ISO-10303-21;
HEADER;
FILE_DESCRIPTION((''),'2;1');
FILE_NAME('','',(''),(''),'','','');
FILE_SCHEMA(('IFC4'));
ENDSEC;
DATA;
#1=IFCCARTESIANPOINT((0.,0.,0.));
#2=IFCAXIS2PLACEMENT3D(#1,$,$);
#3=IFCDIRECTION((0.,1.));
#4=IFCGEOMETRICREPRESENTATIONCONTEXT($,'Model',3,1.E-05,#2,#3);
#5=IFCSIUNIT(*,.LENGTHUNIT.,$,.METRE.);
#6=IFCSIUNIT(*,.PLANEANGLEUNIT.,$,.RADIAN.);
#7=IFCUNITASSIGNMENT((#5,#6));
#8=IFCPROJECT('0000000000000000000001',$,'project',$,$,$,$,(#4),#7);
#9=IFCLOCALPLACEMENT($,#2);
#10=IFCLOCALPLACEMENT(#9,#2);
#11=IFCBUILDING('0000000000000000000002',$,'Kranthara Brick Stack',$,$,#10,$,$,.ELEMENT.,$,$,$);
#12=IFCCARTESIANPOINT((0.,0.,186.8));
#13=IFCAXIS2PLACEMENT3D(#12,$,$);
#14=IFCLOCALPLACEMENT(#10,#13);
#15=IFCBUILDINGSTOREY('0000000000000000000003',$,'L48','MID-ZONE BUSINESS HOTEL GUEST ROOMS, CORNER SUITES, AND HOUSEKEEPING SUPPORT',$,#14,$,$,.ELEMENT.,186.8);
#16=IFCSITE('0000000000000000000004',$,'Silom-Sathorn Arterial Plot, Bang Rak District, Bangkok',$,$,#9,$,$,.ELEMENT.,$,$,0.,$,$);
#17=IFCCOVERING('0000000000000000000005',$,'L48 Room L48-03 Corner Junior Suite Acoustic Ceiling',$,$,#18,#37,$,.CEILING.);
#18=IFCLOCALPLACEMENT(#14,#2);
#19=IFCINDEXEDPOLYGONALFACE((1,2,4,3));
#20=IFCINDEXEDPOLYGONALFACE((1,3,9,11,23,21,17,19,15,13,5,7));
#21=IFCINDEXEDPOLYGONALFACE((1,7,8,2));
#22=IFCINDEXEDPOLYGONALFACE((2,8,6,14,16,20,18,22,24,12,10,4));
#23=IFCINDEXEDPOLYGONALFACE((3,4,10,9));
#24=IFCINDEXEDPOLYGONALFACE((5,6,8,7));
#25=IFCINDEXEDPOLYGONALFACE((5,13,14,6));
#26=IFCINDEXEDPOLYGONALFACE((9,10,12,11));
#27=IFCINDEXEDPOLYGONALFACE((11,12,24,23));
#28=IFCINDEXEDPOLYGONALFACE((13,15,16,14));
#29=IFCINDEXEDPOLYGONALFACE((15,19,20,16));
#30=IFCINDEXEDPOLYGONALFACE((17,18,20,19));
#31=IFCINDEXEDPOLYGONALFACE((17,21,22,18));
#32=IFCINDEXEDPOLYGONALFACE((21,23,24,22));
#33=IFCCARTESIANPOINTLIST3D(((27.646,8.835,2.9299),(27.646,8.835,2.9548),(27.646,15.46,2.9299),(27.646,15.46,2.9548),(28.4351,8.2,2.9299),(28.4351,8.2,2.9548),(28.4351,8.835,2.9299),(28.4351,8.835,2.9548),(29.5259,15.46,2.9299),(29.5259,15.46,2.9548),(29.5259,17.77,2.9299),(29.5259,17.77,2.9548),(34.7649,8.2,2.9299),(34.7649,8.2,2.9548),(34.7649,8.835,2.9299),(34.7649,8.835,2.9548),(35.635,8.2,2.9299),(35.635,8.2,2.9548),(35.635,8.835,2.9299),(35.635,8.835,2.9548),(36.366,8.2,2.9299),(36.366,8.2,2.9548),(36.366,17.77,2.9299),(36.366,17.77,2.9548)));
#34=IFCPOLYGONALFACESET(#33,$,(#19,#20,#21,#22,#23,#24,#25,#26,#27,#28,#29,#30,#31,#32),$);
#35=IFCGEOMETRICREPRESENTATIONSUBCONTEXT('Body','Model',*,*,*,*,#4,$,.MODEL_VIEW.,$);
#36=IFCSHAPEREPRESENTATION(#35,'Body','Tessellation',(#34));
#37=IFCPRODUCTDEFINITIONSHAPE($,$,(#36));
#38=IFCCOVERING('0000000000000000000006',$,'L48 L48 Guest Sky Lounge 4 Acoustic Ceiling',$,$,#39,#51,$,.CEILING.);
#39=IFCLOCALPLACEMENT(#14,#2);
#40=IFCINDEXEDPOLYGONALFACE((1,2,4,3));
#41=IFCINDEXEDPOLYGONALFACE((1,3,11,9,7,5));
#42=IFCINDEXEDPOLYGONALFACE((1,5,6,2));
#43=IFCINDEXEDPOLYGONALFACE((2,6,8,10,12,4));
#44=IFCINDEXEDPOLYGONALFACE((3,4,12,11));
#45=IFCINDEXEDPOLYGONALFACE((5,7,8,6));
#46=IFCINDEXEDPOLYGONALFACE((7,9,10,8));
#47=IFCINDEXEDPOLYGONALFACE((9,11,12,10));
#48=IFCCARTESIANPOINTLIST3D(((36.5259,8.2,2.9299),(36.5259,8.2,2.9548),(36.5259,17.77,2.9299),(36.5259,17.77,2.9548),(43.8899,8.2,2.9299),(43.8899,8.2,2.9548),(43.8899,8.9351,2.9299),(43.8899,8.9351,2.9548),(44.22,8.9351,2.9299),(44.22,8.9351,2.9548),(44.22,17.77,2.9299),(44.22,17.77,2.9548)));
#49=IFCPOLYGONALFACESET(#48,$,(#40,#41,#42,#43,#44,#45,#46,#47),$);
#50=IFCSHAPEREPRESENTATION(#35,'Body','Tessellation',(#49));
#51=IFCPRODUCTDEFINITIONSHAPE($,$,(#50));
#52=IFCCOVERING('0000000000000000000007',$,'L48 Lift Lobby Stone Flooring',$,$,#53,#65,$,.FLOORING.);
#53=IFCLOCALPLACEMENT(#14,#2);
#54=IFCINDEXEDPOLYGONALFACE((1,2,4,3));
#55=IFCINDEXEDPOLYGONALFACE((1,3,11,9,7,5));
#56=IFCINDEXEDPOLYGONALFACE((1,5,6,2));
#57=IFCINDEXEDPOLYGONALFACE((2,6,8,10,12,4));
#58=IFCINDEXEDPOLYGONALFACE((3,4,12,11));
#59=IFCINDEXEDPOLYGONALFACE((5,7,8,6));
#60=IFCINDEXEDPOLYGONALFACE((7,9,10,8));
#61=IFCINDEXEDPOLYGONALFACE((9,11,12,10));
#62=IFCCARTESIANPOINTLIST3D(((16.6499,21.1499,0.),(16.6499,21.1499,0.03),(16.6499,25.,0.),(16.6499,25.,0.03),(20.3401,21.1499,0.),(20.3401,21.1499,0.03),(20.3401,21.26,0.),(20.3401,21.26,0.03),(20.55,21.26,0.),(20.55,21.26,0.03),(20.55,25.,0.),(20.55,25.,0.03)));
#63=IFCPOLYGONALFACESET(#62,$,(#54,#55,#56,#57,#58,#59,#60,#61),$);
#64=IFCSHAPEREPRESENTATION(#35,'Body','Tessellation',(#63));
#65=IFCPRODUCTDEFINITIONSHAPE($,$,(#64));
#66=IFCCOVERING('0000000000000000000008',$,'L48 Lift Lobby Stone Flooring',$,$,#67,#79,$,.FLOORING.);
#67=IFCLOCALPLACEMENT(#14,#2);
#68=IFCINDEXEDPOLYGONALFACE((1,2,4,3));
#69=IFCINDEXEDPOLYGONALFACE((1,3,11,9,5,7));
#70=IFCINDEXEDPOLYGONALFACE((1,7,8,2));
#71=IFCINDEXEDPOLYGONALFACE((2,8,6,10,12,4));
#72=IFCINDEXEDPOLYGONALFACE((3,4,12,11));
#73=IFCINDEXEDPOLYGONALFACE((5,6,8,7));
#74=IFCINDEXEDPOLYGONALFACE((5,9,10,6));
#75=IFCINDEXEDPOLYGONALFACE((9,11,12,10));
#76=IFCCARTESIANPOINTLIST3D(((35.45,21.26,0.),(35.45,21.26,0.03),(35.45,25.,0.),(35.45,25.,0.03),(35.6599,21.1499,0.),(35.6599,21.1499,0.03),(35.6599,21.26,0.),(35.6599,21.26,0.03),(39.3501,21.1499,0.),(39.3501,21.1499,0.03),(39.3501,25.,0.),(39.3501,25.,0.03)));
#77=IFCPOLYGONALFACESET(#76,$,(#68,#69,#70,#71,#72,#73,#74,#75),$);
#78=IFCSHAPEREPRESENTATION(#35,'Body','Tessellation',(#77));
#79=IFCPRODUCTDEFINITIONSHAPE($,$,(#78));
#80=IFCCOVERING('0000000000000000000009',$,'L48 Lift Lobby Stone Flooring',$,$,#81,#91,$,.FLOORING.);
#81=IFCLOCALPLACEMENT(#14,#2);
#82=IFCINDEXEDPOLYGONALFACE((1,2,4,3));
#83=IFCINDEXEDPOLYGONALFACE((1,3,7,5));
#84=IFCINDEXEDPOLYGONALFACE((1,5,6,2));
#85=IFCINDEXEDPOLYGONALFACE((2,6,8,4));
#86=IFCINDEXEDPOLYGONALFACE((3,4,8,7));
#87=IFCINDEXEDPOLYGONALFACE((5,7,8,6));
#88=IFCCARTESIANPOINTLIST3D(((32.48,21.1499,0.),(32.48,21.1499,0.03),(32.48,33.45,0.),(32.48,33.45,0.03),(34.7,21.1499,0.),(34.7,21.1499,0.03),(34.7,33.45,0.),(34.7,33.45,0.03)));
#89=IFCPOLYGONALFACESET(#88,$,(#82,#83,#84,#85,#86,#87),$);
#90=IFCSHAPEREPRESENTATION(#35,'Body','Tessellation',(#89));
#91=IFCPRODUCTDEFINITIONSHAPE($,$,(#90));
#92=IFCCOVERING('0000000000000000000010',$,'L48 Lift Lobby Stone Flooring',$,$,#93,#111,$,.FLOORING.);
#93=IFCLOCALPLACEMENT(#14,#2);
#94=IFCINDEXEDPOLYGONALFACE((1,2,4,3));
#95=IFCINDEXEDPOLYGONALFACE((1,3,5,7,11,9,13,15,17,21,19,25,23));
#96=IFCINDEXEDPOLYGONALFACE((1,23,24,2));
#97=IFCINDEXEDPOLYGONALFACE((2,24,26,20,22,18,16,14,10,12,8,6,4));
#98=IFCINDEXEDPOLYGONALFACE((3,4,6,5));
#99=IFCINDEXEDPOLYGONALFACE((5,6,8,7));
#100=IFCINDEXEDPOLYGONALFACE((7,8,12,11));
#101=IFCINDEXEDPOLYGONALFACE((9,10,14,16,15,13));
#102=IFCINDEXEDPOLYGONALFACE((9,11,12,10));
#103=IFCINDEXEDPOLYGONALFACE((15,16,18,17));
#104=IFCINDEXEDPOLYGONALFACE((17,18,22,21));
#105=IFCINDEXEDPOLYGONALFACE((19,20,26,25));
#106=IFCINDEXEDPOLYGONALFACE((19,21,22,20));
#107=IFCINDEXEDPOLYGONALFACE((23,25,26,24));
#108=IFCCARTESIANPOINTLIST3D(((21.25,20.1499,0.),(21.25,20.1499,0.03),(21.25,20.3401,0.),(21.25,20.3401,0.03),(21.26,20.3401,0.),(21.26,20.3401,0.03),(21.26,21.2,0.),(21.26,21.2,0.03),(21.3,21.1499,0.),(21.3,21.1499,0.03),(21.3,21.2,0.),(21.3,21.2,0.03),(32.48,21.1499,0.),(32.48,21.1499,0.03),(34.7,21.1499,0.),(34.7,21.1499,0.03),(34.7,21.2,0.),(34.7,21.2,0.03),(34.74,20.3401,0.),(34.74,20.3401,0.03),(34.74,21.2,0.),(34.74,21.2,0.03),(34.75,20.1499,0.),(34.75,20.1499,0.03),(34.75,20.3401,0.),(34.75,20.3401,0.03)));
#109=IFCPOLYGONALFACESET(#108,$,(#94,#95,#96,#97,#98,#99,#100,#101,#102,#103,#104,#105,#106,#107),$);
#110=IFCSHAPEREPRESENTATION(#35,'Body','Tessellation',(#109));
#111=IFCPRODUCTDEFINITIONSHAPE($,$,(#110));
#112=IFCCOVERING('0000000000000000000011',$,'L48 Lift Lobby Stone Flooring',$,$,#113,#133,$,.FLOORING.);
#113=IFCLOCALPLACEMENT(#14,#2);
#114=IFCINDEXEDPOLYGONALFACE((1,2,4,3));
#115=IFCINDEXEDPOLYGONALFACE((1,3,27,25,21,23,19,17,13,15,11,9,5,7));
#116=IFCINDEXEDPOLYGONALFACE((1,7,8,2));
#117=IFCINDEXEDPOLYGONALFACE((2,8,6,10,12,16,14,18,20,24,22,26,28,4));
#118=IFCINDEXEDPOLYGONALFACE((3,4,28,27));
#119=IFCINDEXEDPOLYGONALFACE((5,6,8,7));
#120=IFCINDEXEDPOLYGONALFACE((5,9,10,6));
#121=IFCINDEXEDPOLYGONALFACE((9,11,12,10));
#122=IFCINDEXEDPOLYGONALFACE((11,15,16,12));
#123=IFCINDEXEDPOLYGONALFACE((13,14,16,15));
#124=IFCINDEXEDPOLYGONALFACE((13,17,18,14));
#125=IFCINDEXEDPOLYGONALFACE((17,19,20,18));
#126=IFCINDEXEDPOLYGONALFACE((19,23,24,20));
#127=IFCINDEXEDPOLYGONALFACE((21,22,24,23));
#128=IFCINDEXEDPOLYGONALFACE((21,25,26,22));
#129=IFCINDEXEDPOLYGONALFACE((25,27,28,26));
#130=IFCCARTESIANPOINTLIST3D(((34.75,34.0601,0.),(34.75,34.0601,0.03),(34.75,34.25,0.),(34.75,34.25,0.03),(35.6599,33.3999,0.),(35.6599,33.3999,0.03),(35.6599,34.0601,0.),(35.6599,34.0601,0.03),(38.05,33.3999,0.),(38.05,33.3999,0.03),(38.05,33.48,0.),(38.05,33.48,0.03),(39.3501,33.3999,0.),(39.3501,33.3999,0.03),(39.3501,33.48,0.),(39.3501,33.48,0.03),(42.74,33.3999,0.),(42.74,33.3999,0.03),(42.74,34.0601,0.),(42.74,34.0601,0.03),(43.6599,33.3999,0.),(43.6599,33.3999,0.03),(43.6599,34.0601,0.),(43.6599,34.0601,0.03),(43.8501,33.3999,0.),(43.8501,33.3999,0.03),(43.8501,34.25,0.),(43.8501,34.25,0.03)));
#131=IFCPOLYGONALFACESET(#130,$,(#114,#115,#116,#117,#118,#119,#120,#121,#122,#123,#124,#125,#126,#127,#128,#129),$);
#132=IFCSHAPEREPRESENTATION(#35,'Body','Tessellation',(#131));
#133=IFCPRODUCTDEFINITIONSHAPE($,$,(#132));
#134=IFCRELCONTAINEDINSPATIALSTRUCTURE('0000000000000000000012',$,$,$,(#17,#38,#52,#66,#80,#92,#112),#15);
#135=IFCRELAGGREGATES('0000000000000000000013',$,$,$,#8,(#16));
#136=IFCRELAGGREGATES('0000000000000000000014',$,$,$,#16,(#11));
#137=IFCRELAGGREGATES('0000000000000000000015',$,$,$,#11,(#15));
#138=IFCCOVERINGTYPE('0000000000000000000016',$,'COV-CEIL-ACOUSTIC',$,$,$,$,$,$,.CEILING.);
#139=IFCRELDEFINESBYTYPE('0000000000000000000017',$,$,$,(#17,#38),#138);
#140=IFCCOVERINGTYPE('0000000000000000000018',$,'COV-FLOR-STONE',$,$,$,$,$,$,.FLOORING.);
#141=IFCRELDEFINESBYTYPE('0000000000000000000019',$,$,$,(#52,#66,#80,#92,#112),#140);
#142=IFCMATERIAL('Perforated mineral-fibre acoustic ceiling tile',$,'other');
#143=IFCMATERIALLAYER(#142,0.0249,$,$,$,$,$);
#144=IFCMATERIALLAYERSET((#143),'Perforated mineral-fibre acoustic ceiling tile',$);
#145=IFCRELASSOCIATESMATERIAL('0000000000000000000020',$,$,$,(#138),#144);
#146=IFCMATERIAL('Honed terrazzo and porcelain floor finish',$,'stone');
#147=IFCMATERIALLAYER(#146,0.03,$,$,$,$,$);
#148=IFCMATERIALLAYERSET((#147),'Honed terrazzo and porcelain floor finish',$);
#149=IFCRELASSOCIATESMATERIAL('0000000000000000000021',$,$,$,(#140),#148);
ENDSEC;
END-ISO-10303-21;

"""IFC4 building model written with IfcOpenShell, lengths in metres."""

from ifc_helpers import new_model, si_unit, direction, frame, origin, place, context, subcontext, project, spatial, polyline, outline, extrude, material, layer, layer_set, type_object, element, save


model = new_model("IFC4")

# Units and contexts
model_context = context("Model", 3, precision=1e-05, world=origin(), true_north=direction((0.0, 1.0)))
body_context = subcontext(model_context, "Body", "Model", "MODEL_VIEW")
ifc_project = project(units=[si_unit("LENGTHUNIT", "METRE"), si_unit("PLANEANGLEUNIT", "RADIAN")], contexts=[model_context])

# Site, building, storey
site_placement = place(None, origin())
site = spatial("IfcSite", under=ifc_project, at=site_placement, Name="Silom-Sathorn Arterial Plot, Bang Rak District, Bangkok", CompositionType="ELEMENT", RefElevation=0.0)
building_placement = place(site_placement, origin())
building = spatial("IfcBuilding", under=site, at=building_placement, Name="Kranthara Brick Stack", CompositionType="ELEMENT")
storey_placement = place(building_placement, frame((0.0, 0.0, 186.8)))
storey = spatial("IfcBuildingStorey", under=building, at=storey_placement, Name="L48", Description="MID-ZONE BUSINESS HOTEL GUEST ROOMS, CORNER SUITES, AND HOUSEKEEPING SUPPORT", CompositionType="ELEMENT", Elevation=186.8)

# Coverings
ifc_material_1 = material(Name="Perforated mineral-fibre acoustic ceiling tile", Category="other")
ifc_layer_1 = layer(ifc_material_1, 0.0249)
ifc_layer_set_1 = layer_set([ifc_layer_1], Name="Perforated mineral-fibre acoustic ceiling tile")
covering_type_1 = type_object("IfcCoveringType", Name="COV-CEIL-ACOUSTIC", PredefinedType="CEILING", material=ifc_layer_set_1)
covering_1_placement = place(storey_placement, frame((0.0, 0.0, 2.9299)))
element("IfcCovering", 1, at=covering_1_placement, inside=storey, type_object=covering_type_1, Name="L48 Room L48-03 Corner Junior Suite Acoustic Ceiling", PredefinedType="CEILING", context=body_context, shape_type="SweptSolid", body=[
    extrude(outline(polyline([(29.5259, 15.46), (29.5259, 17.77), (36.366, 17.77), (36.366, 8.2), (35.635, 8.2), (35.635, 8.835), (34.7649, 8.835), (34.7649, 8.2), (28.4351, 8.2), (28.4351, 8.835), (27.646, 8.835), (27.646, 15.46), (29.5259, 15.46)])), origin(), (0.0, 0.0, 1.0), 0.0249),
])
covering_2_placement = place(storey_placement, frame((0.0, 0.0, 2.9299)))
element("IfcCovering", 2, at=covering_2_placement, inside=storey, type_object=covering_type_1, Name="L48 L48 Guest Sky Lounge 4 Acoustic Ceiling", PredefinedType="CEILING", context=body_context, shape_type="SweptSolid", body=[
    extrude(outline(polyline([(36.5259, 8.2), (36.5259, 17.77), (44.22, 17.77), (44.22, 8.9351), (43.8899, 8.9351), (43.8899, 8.2), (36.5259, 8.2)])), origin(), (0.0, 0.0, 1.0), 0.0249),
])
ifc_material_2 = material(Name="Honed terrazzo and porcelain floor finish", Category="stone")
ifc_layer_2 = layer(ifc_material_2, 0.03)
ifc_layer_set_2 = layer_set([ifc_layer_2], Name="Honed terrazzo and porcelain floor finish")
covering_type_2 = type_object("IfcCoveringType", Name="COV-FLOR-STONE", PredefinedType="FLOORING", material=ifc_layer_set_2)
covering_3_placement = place(storey_placement, origin())
element("IfcCovering", 3, at=covering_3_placement, inside=storey, type_object=covering_type_2, Name="L48 Lift Lobby Stone Flooring", PredefinedType="FLOORING", context=body_context, shape_type="SweptSolid", body=[
    extrude(outline(polyline([(16.6499, 21.1499), (16.6499, 25.0), (20.55, 25.0), (20.55, 21.26), (20.3401, 21.26), (20.3401, 21.1499), (16.6499, 21.1499)])), origin(), (0.0, 0.0, 1.0), 0.03),
])
covering_4_placement = place(storey_placement, origin())
element("IfcCovering", 4, at=covering_4_placement, inside=storey, type_object=covering_type_2, Name="L48 Lift Lobby Stone Flooring", PredefinedType="FLOORING", context=body_context, shape_type="SweptSolid", body=[
    extrude(outline(polyline([(35.45, 25.0), (39.3501, 25.0), (39.3501, 21.1499), (35.6599, 21.1499), (35.6599, 21.26), (35.45, 21.26), (35.45, 25.0)])), origin(), (0.0, 0.0, 1.0), 0.03),
])
covering_5_placement = place(storey_placement, origin())
element("IfcCovering", 5, at=covering_5_placement, inside=storey, type_object=covering_type_2, Name="L48 Lift Lobby Stone Flooring", PredefinedType="FLOORING", context=body_context, shape_type="SweptSolid", body=[
    extrude(outline(polyline([(34.7, 21.1499), (34.7, 33.45), (32.48, 33.45), (32.48, 21.1499), (34.7, 21.1499)])), origin(), (0.0, 0.0, 1.0), 0.03),
])
covering_6_placement = place(storey_placement, origin())
element("IfcCovering", 6, at=covering_6_placement, inside=storey, type_object=covering_type_2, Name="L48 Lift Lobby Stone Flooring", PredefinedType="FLOORING", context=body_context, shape_type="SweptSolid", body=[
    extrude(outline(polyline([(21.25, 20.3401), (21.26, 20.3401), (21.26, 21.2), (21.3, 21.2), (21.3, 21.1499), (32.48, 21.1499), (34.7, 21.1499), (34.7, 21.2), (34.74, 21.2), (34.74, 20.3401), (34.75, 20.3401), (34.75, 20.1499), (21.25, 20.1499), (21.25, 20.3401)])), origin(), (0.0, 0.0, 1.0), 0.03),
])
covering_7_placement = place(storey_placement, origin())
element("IfcCovering", 7, at=covering_7_placement, inside=storey, type_object=covering_type_2, Name="L48 Lift Lobby Stone Flooring", PredefinedType="FLOORING", context=body_context, shape_type="SweptSolid", body=[
    extrude(outline(polyline([(43.6599, 33.3999), (43.6599, 34.0601), (42.74, 34.0601), (42.74, 33.3999), (39.3501, 33.3999), (39.3501, 33.48), (38.05, 33.48), (38.05, 33.3999), (35.6599, 33.3999), (35.6599, 34.0601), (34.75, 34.0601), (34.75, 34.25), (43.8501, 34.25), (43.8501, 33.3999), (43.6599, 33.3999)])), origin(), (0.0, 0.0, 1.0), 0.03),
])

save(model, "model.ifc")
